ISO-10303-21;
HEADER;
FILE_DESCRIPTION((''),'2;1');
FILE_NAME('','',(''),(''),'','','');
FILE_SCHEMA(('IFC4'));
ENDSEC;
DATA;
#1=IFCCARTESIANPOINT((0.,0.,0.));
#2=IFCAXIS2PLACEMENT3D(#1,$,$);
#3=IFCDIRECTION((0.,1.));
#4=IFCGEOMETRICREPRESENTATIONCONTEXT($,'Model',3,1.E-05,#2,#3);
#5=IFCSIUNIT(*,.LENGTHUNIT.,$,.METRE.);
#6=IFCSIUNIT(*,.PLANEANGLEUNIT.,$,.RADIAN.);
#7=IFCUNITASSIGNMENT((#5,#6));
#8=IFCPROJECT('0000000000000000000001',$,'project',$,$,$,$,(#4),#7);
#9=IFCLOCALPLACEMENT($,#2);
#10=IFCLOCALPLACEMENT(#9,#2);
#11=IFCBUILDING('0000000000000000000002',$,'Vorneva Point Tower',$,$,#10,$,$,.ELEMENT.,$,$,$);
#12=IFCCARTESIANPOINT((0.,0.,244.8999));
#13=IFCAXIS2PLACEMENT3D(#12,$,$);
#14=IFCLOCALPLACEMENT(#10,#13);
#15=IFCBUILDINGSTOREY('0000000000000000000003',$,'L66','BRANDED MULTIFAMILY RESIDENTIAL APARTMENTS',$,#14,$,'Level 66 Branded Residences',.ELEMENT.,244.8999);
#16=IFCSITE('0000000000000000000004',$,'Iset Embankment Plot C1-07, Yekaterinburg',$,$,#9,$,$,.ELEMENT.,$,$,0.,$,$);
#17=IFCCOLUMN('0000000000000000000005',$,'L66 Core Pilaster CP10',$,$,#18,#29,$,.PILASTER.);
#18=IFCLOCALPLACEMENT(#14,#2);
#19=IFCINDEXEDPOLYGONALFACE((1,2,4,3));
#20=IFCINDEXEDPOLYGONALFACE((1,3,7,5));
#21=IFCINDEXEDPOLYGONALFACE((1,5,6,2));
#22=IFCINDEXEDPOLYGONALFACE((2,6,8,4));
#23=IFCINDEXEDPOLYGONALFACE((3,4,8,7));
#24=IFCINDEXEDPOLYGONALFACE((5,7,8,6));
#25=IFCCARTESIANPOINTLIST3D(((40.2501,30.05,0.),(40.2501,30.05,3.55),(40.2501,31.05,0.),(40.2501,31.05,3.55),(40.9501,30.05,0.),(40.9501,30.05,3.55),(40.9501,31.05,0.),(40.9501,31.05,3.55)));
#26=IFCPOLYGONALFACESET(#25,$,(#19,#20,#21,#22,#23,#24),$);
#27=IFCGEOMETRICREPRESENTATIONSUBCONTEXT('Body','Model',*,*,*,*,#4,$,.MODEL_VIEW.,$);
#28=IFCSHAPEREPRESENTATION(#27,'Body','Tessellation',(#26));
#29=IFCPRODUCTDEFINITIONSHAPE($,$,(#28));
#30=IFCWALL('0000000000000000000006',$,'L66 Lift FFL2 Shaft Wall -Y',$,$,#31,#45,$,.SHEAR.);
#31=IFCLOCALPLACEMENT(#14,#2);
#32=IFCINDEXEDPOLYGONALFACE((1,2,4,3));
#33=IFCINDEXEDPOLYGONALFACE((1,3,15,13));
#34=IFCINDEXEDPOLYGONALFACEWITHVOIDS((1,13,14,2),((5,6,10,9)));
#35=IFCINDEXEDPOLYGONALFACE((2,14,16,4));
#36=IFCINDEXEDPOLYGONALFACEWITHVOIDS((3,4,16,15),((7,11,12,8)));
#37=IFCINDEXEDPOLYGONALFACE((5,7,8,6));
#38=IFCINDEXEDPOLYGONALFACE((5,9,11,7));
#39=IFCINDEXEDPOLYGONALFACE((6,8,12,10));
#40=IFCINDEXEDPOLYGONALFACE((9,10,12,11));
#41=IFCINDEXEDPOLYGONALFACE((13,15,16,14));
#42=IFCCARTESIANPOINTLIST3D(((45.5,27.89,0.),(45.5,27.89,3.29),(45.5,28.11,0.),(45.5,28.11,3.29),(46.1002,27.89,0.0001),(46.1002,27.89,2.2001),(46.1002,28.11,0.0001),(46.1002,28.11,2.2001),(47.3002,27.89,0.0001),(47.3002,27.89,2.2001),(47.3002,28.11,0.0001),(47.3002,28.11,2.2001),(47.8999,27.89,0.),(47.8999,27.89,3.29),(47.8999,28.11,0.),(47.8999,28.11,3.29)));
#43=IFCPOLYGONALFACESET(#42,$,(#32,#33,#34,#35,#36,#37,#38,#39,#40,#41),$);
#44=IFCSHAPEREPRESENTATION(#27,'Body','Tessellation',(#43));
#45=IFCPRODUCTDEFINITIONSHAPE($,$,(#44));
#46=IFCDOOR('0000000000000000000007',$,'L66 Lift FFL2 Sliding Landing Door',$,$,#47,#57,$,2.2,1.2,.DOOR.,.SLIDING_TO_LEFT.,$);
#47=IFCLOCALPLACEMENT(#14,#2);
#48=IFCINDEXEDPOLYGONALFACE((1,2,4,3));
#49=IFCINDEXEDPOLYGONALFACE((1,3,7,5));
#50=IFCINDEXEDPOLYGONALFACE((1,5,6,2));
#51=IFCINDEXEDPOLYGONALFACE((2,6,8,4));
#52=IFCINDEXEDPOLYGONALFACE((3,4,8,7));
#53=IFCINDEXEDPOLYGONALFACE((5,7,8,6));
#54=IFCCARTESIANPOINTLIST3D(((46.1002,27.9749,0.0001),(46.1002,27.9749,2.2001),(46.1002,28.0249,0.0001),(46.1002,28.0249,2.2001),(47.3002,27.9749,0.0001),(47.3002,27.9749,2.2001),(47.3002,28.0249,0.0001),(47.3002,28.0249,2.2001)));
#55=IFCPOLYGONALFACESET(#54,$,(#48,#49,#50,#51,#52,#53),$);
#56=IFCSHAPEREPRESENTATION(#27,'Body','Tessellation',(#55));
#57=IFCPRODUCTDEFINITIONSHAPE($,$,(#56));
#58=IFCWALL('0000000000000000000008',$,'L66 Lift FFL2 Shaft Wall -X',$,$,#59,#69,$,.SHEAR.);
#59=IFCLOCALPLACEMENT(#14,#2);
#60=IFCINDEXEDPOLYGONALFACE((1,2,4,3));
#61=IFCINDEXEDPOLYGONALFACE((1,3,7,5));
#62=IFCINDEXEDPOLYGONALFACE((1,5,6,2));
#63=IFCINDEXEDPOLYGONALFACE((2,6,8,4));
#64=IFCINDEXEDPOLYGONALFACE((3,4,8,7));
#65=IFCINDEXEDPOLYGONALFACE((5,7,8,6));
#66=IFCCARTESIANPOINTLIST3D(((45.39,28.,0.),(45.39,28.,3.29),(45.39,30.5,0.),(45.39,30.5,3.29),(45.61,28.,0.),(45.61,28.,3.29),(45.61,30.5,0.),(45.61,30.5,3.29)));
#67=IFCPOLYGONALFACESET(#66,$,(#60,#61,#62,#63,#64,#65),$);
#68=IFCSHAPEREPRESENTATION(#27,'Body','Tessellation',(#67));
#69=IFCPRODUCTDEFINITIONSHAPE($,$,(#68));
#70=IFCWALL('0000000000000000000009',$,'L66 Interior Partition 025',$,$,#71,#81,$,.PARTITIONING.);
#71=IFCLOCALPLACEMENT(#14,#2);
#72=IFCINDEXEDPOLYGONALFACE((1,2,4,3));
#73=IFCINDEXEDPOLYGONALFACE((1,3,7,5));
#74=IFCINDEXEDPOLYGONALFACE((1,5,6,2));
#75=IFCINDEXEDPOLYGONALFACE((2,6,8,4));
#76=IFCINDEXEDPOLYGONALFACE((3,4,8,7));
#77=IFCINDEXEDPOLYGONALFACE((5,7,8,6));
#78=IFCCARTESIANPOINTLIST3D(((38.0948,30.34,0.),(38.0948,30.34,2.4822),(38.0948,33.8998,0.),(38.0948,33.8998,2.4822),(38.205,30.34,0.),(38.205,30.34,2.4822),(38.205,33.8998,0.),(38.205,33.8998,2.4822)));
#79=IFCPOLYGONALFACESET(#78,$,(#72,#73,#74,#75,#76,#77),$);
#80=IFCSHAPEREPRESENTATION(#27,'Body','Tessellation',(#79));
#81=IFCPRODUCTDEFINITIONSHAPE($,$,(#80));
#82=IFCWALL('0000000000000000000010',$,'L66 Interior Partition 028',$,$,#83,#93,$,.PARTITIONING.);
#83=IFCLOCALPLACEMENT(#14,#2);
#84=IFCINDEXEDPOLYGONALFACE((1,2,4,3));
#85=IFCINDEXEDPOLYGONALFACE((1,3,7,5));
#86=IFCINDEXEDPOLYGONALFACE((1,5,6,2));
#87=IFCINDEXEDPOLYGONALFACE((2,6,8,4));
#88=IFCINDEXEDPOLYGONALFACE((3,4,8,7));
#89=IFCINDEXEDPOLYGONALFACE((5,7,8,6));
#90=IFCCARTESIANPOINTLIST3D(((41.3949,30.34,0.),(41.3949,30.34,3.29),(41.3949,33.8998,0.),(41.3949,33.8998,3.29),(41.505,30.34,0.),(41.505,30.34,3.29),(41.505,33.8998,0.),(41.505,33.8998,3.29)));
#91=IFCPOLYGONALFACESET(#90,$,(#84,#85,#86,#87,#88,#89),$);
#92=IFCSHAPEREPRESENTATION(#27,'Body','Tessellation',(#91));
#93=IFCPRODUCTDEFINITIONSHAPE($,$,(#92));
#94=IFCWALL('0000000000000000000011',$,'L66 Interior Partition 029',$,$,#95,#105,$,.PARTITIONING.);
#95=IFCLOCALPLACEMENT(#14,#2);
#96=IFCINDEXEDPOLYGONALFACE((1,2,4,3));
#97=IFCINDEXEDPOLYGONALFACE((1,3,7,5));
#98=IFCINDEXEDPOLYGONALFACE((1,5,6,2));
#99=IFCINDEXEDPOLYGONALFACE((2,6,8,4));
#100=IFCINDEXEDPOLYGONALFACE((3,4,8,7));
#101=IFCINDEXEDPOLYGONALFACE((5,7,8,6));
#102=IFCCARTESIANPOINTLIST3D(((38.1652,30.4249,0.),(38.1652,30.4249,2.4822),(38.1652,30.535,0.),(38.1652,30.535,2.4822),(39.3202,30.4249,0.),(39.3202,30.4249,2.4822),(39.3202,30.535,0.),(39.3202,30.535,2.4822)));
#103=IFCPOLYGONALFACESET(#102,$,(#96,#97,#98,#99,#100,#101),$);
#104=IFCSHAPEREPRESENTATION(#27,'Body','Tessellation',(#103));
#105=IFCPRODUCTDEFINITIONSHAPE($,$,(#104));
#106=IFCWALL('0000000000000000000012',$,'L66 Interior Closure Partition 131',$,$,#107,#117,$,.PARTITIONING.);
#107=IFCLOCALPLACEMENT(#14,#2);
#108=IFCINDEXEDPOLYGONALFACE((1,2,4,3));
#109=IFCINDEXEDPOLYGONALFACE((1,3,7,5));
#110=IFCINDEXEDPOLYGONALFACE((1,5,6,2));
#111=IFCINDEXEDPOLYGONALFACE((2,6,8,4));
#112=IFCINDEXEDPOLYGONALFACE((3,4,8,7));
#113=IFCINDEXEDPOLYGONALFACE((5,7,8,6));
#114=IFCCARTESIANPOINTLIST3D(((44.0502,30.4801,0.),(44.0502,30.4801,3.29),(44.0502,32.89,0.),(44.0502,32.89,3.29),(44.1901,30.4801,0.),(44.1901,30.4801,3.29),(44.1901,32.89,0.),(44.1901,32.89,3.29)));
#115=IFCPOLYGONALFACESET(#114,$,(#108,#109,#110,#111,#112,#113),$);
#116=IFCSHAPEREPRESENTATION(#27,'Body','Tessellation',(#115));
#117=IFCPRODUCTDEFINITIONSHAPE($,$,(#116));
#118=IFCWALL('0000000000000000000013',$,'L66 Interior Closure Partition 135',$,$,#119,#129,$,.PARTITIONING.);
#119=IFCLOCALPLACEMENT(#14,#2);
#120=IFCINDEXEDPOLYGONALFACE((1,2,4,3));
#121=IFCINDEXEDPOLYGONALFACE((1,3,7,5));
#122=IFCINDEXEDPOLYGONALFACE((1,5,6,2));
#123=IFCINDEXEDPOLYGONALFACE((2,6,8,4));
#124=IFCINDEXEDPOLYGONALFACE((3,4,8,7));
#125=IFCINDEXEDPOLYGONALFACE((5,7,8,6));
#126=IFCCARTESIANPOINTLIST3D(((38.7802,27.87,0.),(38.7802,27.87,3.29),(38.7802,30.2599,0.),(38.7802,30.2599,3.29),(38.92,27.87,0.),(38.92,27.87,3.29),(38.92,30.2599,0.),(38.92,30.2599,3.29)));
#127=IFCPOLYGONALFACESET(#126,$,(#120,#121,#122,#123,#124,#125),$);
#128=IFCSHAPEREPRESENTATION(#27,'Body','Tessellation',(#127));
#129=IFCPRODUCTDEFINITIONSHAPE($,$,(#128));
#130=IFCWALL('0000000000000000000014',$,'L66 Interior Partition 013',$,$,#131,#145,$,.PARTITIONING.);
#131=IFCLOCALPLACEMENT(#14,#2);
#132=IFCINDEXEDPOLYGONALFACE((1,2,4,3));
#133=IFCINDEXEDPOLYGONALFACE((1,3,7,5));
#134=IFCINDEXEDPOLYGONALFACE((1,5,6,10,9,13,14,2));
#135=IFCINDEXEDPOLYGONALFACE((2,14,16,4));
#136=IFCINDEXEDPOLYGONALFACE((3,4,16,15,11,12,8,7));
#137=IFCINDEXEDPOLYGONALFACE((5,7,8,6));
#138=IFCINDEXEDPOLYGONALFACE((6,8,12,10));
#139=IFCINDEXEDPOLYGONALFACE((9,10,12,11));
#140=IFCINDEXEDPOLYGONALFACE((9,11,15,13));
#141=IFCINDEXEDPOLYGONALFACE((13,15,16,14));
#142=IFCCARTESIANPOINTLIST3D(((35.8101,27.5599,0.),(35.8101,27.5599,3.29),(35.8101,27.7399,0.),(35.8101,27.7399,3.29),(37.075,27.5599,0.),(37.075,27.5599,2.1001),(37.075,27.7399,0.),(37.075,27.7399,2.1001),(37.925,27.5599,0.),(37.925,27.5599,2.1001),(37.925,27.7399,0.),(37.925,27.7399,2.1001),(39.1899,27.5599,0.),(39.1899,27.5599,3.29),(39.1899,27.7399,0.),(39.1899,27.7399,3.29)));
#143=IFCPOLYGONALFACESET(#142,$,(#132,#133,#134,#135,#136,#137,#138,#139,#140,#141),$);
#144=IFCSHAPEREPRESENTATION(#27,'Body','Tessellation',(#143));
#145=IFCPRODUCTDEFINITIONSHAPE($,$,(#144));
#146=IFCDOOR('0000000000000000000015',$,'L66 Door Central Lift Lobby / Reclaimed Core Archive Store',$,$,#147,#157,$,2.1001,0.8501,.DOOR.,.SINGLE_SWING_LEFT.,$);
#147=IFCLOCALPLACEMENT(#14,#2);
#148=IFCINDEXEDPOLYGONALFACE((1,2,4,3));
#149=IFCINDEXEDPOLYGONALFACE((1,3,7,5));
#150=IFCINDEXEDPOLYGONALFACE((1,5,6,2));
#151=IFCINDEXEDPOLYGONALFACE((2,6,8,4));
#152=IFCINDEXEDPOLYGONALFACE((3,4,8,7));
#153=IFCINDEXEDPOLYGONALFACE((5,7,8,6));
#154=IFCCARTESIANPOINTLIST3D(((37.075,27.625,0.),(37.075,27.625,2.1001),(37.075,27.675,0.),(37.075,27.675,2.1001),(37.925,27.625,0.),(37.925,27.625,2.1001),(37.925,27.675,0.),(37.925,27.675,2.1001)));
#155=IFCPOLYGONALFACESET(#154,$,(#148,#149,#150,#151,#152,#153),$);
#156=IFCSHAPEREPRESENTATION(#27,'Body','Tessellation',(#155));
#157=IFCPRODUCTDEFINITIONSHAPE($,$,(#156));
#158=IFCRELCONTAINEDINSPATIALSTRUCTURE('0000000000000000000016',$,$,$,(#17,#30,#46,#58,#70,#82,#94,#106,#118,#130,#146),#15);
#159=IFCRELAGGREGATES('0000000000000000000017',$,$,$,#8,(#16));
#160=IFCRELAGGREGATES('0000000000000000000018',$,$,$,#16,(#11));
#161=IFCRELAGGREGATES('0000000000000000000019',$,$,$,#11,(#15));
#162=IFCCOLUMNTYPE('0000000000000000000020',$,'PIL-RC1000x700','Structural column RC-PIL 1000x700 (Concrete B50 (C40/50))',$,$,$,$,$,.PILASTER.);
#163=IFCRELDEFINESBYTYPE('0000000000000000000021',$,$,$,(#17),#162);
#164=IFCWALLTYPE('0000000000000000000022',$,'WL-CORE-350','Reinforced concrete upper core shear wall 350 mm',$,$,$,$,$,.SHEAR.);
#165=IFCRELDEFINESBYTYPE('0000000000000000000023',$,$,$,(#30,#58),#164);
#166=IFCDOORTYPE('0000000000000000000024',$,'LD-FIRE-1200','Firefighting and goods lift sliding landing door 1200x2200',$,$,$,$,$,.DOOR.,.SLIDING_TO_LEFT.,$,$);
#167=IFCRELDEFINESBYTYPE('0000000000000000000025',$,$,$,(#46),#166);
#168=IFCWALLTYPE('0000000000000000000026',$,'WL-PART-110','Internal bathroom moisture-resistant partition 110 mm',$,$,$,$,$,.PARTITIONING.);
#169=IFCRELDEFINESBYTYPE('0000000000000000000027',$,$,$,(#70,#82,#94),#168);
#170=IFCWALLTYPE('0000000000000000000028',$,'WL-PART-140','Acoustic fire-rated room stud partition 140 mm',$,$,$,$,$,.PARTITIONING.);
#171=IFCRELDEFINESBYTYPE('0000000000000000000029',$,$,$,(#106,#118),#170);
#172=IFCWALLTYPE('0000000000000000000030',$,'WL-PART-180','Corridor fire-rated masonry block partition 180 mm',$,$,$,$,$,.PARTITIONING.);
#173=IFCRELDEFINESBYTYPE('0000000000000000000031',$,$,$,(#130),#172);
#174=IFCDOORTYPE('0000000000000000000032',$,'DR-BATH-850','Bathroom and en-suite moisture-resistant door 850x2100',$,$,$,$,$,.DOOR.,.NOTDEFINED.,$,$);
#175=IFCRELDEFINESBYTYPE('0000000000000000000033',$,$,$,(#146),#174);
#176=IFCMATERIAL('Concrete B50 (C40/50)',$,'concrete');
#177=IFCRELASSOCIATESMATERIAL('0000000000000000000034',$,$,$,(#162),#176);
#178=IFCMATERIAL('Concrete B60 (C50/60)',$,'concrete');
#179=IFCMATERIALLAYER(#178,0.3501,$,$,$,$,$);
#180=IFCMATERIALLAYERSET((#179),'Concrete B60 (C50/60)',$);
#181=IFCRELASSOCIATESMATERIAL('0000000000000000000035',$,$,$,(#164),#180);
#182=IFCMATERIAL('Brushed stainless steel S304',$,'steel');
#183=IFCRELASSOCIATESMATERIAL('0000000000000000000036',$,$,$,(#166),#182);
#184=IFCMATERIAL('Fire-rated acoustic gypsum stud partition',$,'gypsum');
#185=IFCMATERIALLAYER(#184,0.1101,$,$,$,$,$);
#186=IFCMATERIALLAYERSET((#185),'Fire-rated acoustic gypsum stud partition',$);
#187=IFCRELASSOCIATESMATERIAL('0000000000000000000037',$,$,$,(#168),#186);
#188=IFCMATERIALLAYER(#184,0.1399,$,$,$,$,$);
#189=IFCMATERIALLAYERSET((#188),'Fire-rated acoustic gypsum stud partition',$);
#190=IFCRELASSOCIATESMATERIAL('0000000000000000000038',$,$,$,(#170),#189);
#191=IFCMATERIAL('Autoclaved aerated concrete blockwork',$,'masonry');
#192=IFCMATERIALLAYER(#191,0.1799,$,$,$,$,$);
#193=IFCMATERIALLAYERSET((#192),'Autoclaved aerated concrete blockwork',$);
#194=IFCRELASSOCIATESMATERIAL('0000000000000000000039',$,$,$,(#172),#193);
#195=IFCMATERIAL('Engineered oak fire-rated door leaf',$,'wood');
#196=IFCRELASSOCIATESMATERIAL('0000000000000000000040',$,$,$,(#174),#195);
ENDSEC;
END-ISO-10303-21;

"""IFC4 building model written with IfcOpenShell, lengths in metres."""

from ifc_helpers import new_model, si_unit, direction, frame, frame_2d, origin, origin_2d, place, context, subcontext, project, spatial, rectangle, extrude, material, layer, layer_set, material_profile, profile_set, type_object, element, fill, save


model = new_model("IFC4")

# Units and contexts
model_context = context("Model", 3, precision=1e-05, world=origin(), true_north=direction((0.0, 1.0)))
body_context = subcontext(model_context, "Body", "Model", "MODEL_VIEW")
ifc_project = project(units=[si_unit("LENGTHUNIT", "METRE"), si_unit("PLANEANGLEUNIT", "RADIAN")], contexts=[model_context])

# Site, building, storey
site_placement = place(None, origin())
site = spatial("IfcSite", under=ifc_project, at=site_placement, Name="Iset Embankment Plot C1-07, Yekaterinburg", CompositionType="ELEMENT", RefElevation=0.0)
building_placement = place(site_placement, origin())
building = spatial("IfcBuilding", under=site, at=building_placement, Name="Vorneva Point Tower", CompositionType="ELEMENT")
storey_placement = place(building_placement, frame((0.0, 0.0, 244.8999)))
storey = spatial("IfcBuildingStorey", under=building, at=storey_placement, Name="L66", Description="BRANDED MULTIFAMILY RESIDENTIAL APARTMENTS", LongName="Level 66 Branded Residences", CompositionType="ELEMENT", Elevation=244.8999)

# Column
ifc_material_1 = material(Name="Concrete B50 (C40/50)", Category="concrete")
ifc_material_profile = material_profile(ifc_material_1, rectangle(XDim=0.7, YDim=1.0, at=origin_2d()), Name="RC-PIL 1000x700")
ifc_profile_set = profile_set([ifc_material_profile], Name="Concrete B50 (C40/50)")
column_type = type_object("IfcColumnType", Name="PIL-RC1000x700", Description="Structural column RC-PIL 1000x700 (Concrete B50 (C40/50))", PredefinedType="PILASTER", material=ifc_profile_set)
column_placement = place(storey_placement, frame((40.6001, 30.55, 0.0), z_axis=(0.0, 0.0, 1.0), x_axis=(1.0, 0.0, 0.0)))
element("IfcColumn", 1, at=column_placement, inside=storey, type_object=column_type, Name="L66 Core Pilaster CP10", PredefinedType="PILASTER", context=body_context, shape_type="SweptSolid", body=[
    extrude(rectangle(XDim=0.7, YDim=1.0, at=origin_2d()), origin(), (0.0, 0.0, 1.0), 3.55),
])

# Wall, opening, door
ifc_material_2 = material(Name="Concrete B60 (C50/60)", Category="concrete")
ifc_layer_1 = layer(ifc_material_2, 0.3501)
ifc_layer_set_1 = layer_set([ifc_layer_1], Name="Concrete B60 (C50/60)")
wall_type_1 = type_object("IfcWallType", Name="WL-CORE-350", Description="Reinforced concrete upper core shear wall 350 mm", PredefinedType="SHEAR", material=ifc_layer_set_1)
wall_1_placement = place(storey_placement, frame((45.5, 28.0, 0.0), z_axis=(0.0, 0.0, 1.0), x_axis=(1.0, 0.0, 0.0)))
wall_1 = element("IfcWall", 2, at=wall_1_placement, inside=storey, type_object=wall_type_1, Name="L66 Lift FFL2 Shaft Wall -Y", PredefinedType="SHEAR", context=body_context, shape_type="SweptSolid", body=[
    extrude(rectangle(XDim=2.3999, YDim=0.22, at=frame_2d((1.2, 0.0))), origin(), (0.0, 0.0, 1.0), 3.29),
])
opening_1_placement = place(wall_1_placement, frame((0.6001, 0.0, 0.0)))
opening_1 = element("IfcOpeningElement", 3, at=opening_1_placement, cuts=wall_1, PredefinedType="OPENING", context=body_context, shape_type="SweptSolid", body=[
    extrude(rectangle(XDim=1.2, YDim=2.2, at=frame_2d((0.6001, 1.1001))), frame((0.0, 0.125, 0.0), z_axis=(0.0, -1.0, 0.0), x_axis=(1.0, 0.0, 0.0)), (0.0, 0.0, 1.0), 0.2498),
])
ifc_material_3 = material(Name="Brushed stainless steel S304", Category="steel")
door_type_1 = type_object("IfcDoorType", Name="LD-FIRE-1200", Description="Firefighting and goods lift sliding landing door 1200x2200", OperationType="SLIDING_TO_LEFT", PredefinedType="DOOR", material=ifc_material_3)
door_1_placement = place(opening_1_placement, origin())
door_1 = element("IfcDoor", 4, at=door_1_placement, inside=storey, type_object=door_type_1, Name="L66 Lift FFL2 Sliding Landing Door", OperationType="SLIDING_TO_LEFT", OverallHeight=2.2, OverallWidth=1.2, PredefinedType="DOOR", context=body_context, shape_type="SweptSolid", body=[
    extrude(rectangle(XDim=1.2, YDim=2.2, at=frame_2d((0.6001, 1.1001))), frame((0.0, 0.0249, 0.0), z_axis=(0.0, -1.0, 0.0), x_axis=(1.0, 0.0, 0.0)), (0.0, 0.0, 1.0), 0.05),
])
fill(opening_1, door_1)

# Walls
wall_2_placement = place(storey_placement, frame((45.5, 30.5, 0.0), z_axis=(0.0, 0.0, 1.0), x_axis=(0.0, -1.0, 0.0)))
element("IfcWall", 5, at=wall_2_placement, inside=storey, type_object=wall_type_1, Name="L66 Lift FFL2 Shaft Wall -X", PredefinedType="SHEAR", context=body_context, shape_type="SweptSolid", body=[
    extrude(rectangle(XDim=2.5, YDim=0.22, at=frame_2d((1.25, 0.0))), origin(), (0.0, 0.0, 1.0), 3.29),
])
ifc_material_4 = material(Name="Fire-rated acoustic gypsum stud partition", Category="gypsum")
ifc_layer_2 = layer(ifc_material_4, 0.1101)
ifc_layer_set_2 = layer_set([ifc_layer_2], Name="Fire-rated acoustic gypsum stud partition")
wall_type_2 = type_object("IfcWallType", Name="WL-PART-110", Description="Internal bathroom moisture-resistant partition 110 mm", PredefinedType="PARTITIONING", material=ifc_layer_set_2)
wall_3_placement = place(storey_placement, frame((38.1499, 30.3401, 0.0), z_axis=(0.0, 0.0, 1.0), x_axis=(0.0, 1.0, 0.0)))
element("IfcWall", 6, at=wall_3_placement, inside=storey, type_object=wall_type_2, Name="L66 Interior Partition 025", PredefinedType="PARTITIONING", context=body_context, shape_type="SweptSolid", body=[
    extrude(rectangle(XDim=3.5598, YDim=0.1101, at=frame_2d((1.7798, 0.0))), origin(), (0.0, 0.0, 1.0), 2.4822),
])
wall_4_placement = place(storey_placement, frame((41.45, 30.3401, 0.0), z_axis=(0.0, 0.0, 1.0), x_axis=(0.0, 1.0, 0.0)))
element("IfcWall", 7, at=wall_4_placement, inside=storey, type_object=wall_type_2, Name="L66 Interior Partition 028", PredefinedType="PARTITIONING", context=body_context, shape_type="SweptSolid", body=[
    extrude(rectangle(XDim=3.5598, YDim=0.1101, at=frame_2d((1.7798, 0.0))), origin(), (0.0, 0.0, 1.0), 3.29),
])
wall_5_placement = place(storey_placement, frame((38.165, 30.48, 0.0), z_axis=(0.0, 0.0, 1.0), x_axis=(1.0, 0.0, 0.0)))
element("IfcWall", 8, at=wall_5_placement, inside=storey, type_object=wall_type_2, Name="L66 Interior Partition 029", PredefinedType="PARTITIONING", context=body_context, shape_type="SweptSolid", body=[
    extrude(rectangle(XDim=1.155, YDim=0.1101, at=frame_2d((0.5776, 0.0))), origin(), (0.0, 0.0, 1.0), 2.4822),
])
ifc_layer_3 = layer(ifc_material_4, 0.1399)
ifc_layer_set_3 = layer_set([ifc_layer_3], Name="Fire-rated acoustic gypsum stud partition")
wall_type_3 = type_object("IfcWallType", Name="WL-PART-140", Description="Acoustic fire-rated room stud partition 140 mm", PredefinedType="PARTITIONING", material=ifc_layer_set_3)
wall_6_placement = place(storey_placement, frame((44.1201, 30.48, 0.0), z_axis=(0.0, 0.0, 1.0), x_axis=(0.0, 1.0, 0.0)))
element("IfcWall", 9, at=wall_6_placement, inside=storey, type_object=wall_type_3, Name="L66 Interior Closure Partition 131", PredefinedType="PARTITIONING", context=body_context, shape_type="SweptSolid", body=[
    extrude(rectangle(XDim=2.4099, YDim=0.1399, at=frame_2d((1.2051, 0.0))), origin(), (0.0, 0.0, 1.0), 3.29),
])
wall_7_placement = place(storey_placement, frame((38.8501, 27.8701, 0.0), z_axis=(0.0, 0.0, 1.0), x_axis=(0.0, 1.0, 0.0)))
element("IfcWall", 10, at=wall_7_placement, inside=storey, type_object=wall_type_3, Name="L66 Interior Closure Partition 135", PredefinedType="PARTITIONING", context=body_context, shape_type="SweptSolid", body=[
    extrude(rectangle(XDim=2.3899, YDim=0.1399, at=frame_2d((1.1948, 0.0))), origin(), (0.0, 0.0, 1.0), 3.29),
])

# Wall, opening, door
ifc_material_5 = material(Name="Autoclaved aerated concrete blockwork", Category="masonry")
ifc_layer_4 = layer(ifc_material_5, 0.1799)
ifc_layer_set_4 = layer_set([ifc_layer_4], Name="Autoclaved aerated concrete blockwork")
wall_type_4 = type_object("IfcWallType", Name="WL-PART-180", Description="Corridor fire-rated masonry block partition 180 mm", PredefinedType="PARTITIONING", material=ifc_layer_set_4)
ifc_material_6 = material(Name="Engineered oak fire-rated door leaf", Category="wood")
wall_8_placement = place(storey_placement, frame((39.1899, 27.6499, 0.0), z_axis=(0.0, 0.0, 1.0), x_axis=(-1.0, 0.0, 0.0)))
wall_8 = element("IfcWall", 11, at=wall_8_placement, inside=storey, type_object=wall_type_4, Name="L66 Interior Partition 013", PredefinedType="PARTITIONING", context=body_context, shape_type="SweptSolid", body=[
    extrude(rectangle(XDim=3.3799, YDim=0.1799, at=frame_2d((1.6899, 0.0))), origin(), (0.0, 0.0, 1.0), 3.29),
])
opening_2_placement = place(wall_8_placement, frame((1.2649, 0.0, 0.0)))
opening_2 = element("IfcOpeningElement", 12, at=opening_2_placement, cuts=wall_8, PredefinedType="OPENING", context=body_context, shape_type="SweptSolid", body=[
    extrude(rectangle(XDim=0.8501, YDim=2.1001, at=frame_2d((0.425, 1.05))), frame((0.0, 0.105, 0.0), z_axis=(0.0, -1.0, 0.0), x_axis=(1.0, 0.0, 0.0)), (0.0, 0.0, 1.0), 0.2097),
])
door_type_2 = type_object("IfcDoorType", Name="DR-BATH-850", Description="Bathroom and en-suite moisture-resistant door 850x2100", OperationType="NOTDEFINED", PredefinedType="DOOR", material=ifc_material_6)
door_2_placement = place(opening_2_placement, origin())
door_2 = element("IfcDoor", 13, at=door_2_placement, inside=storey, type_object=door_type_2, Name="L66 Door Central Lift Lobby / Reclaimed Core Archive Store", OperationType="SINGLE_SWING_LEFT", OverallHeight=2.1001, OverallWidth=0.8501, PredefinedType="DOOR", context=body_context, shape_type="SweptSolid", body=[
    extrude(rectangle(XDim=0.8501, YDim=2.1001, at=frame_2d((0.425, 1.05))), frame((0.0, 0.0249, 0.0), z_axis=(0.0, -1.0, 0.0), x_axis=(1.0, 0.0, 0.0)), (0.0, 0.0, 1.0), 0.05),
])
fill(opening_2, door_2)

save(model, "model.ifc")
